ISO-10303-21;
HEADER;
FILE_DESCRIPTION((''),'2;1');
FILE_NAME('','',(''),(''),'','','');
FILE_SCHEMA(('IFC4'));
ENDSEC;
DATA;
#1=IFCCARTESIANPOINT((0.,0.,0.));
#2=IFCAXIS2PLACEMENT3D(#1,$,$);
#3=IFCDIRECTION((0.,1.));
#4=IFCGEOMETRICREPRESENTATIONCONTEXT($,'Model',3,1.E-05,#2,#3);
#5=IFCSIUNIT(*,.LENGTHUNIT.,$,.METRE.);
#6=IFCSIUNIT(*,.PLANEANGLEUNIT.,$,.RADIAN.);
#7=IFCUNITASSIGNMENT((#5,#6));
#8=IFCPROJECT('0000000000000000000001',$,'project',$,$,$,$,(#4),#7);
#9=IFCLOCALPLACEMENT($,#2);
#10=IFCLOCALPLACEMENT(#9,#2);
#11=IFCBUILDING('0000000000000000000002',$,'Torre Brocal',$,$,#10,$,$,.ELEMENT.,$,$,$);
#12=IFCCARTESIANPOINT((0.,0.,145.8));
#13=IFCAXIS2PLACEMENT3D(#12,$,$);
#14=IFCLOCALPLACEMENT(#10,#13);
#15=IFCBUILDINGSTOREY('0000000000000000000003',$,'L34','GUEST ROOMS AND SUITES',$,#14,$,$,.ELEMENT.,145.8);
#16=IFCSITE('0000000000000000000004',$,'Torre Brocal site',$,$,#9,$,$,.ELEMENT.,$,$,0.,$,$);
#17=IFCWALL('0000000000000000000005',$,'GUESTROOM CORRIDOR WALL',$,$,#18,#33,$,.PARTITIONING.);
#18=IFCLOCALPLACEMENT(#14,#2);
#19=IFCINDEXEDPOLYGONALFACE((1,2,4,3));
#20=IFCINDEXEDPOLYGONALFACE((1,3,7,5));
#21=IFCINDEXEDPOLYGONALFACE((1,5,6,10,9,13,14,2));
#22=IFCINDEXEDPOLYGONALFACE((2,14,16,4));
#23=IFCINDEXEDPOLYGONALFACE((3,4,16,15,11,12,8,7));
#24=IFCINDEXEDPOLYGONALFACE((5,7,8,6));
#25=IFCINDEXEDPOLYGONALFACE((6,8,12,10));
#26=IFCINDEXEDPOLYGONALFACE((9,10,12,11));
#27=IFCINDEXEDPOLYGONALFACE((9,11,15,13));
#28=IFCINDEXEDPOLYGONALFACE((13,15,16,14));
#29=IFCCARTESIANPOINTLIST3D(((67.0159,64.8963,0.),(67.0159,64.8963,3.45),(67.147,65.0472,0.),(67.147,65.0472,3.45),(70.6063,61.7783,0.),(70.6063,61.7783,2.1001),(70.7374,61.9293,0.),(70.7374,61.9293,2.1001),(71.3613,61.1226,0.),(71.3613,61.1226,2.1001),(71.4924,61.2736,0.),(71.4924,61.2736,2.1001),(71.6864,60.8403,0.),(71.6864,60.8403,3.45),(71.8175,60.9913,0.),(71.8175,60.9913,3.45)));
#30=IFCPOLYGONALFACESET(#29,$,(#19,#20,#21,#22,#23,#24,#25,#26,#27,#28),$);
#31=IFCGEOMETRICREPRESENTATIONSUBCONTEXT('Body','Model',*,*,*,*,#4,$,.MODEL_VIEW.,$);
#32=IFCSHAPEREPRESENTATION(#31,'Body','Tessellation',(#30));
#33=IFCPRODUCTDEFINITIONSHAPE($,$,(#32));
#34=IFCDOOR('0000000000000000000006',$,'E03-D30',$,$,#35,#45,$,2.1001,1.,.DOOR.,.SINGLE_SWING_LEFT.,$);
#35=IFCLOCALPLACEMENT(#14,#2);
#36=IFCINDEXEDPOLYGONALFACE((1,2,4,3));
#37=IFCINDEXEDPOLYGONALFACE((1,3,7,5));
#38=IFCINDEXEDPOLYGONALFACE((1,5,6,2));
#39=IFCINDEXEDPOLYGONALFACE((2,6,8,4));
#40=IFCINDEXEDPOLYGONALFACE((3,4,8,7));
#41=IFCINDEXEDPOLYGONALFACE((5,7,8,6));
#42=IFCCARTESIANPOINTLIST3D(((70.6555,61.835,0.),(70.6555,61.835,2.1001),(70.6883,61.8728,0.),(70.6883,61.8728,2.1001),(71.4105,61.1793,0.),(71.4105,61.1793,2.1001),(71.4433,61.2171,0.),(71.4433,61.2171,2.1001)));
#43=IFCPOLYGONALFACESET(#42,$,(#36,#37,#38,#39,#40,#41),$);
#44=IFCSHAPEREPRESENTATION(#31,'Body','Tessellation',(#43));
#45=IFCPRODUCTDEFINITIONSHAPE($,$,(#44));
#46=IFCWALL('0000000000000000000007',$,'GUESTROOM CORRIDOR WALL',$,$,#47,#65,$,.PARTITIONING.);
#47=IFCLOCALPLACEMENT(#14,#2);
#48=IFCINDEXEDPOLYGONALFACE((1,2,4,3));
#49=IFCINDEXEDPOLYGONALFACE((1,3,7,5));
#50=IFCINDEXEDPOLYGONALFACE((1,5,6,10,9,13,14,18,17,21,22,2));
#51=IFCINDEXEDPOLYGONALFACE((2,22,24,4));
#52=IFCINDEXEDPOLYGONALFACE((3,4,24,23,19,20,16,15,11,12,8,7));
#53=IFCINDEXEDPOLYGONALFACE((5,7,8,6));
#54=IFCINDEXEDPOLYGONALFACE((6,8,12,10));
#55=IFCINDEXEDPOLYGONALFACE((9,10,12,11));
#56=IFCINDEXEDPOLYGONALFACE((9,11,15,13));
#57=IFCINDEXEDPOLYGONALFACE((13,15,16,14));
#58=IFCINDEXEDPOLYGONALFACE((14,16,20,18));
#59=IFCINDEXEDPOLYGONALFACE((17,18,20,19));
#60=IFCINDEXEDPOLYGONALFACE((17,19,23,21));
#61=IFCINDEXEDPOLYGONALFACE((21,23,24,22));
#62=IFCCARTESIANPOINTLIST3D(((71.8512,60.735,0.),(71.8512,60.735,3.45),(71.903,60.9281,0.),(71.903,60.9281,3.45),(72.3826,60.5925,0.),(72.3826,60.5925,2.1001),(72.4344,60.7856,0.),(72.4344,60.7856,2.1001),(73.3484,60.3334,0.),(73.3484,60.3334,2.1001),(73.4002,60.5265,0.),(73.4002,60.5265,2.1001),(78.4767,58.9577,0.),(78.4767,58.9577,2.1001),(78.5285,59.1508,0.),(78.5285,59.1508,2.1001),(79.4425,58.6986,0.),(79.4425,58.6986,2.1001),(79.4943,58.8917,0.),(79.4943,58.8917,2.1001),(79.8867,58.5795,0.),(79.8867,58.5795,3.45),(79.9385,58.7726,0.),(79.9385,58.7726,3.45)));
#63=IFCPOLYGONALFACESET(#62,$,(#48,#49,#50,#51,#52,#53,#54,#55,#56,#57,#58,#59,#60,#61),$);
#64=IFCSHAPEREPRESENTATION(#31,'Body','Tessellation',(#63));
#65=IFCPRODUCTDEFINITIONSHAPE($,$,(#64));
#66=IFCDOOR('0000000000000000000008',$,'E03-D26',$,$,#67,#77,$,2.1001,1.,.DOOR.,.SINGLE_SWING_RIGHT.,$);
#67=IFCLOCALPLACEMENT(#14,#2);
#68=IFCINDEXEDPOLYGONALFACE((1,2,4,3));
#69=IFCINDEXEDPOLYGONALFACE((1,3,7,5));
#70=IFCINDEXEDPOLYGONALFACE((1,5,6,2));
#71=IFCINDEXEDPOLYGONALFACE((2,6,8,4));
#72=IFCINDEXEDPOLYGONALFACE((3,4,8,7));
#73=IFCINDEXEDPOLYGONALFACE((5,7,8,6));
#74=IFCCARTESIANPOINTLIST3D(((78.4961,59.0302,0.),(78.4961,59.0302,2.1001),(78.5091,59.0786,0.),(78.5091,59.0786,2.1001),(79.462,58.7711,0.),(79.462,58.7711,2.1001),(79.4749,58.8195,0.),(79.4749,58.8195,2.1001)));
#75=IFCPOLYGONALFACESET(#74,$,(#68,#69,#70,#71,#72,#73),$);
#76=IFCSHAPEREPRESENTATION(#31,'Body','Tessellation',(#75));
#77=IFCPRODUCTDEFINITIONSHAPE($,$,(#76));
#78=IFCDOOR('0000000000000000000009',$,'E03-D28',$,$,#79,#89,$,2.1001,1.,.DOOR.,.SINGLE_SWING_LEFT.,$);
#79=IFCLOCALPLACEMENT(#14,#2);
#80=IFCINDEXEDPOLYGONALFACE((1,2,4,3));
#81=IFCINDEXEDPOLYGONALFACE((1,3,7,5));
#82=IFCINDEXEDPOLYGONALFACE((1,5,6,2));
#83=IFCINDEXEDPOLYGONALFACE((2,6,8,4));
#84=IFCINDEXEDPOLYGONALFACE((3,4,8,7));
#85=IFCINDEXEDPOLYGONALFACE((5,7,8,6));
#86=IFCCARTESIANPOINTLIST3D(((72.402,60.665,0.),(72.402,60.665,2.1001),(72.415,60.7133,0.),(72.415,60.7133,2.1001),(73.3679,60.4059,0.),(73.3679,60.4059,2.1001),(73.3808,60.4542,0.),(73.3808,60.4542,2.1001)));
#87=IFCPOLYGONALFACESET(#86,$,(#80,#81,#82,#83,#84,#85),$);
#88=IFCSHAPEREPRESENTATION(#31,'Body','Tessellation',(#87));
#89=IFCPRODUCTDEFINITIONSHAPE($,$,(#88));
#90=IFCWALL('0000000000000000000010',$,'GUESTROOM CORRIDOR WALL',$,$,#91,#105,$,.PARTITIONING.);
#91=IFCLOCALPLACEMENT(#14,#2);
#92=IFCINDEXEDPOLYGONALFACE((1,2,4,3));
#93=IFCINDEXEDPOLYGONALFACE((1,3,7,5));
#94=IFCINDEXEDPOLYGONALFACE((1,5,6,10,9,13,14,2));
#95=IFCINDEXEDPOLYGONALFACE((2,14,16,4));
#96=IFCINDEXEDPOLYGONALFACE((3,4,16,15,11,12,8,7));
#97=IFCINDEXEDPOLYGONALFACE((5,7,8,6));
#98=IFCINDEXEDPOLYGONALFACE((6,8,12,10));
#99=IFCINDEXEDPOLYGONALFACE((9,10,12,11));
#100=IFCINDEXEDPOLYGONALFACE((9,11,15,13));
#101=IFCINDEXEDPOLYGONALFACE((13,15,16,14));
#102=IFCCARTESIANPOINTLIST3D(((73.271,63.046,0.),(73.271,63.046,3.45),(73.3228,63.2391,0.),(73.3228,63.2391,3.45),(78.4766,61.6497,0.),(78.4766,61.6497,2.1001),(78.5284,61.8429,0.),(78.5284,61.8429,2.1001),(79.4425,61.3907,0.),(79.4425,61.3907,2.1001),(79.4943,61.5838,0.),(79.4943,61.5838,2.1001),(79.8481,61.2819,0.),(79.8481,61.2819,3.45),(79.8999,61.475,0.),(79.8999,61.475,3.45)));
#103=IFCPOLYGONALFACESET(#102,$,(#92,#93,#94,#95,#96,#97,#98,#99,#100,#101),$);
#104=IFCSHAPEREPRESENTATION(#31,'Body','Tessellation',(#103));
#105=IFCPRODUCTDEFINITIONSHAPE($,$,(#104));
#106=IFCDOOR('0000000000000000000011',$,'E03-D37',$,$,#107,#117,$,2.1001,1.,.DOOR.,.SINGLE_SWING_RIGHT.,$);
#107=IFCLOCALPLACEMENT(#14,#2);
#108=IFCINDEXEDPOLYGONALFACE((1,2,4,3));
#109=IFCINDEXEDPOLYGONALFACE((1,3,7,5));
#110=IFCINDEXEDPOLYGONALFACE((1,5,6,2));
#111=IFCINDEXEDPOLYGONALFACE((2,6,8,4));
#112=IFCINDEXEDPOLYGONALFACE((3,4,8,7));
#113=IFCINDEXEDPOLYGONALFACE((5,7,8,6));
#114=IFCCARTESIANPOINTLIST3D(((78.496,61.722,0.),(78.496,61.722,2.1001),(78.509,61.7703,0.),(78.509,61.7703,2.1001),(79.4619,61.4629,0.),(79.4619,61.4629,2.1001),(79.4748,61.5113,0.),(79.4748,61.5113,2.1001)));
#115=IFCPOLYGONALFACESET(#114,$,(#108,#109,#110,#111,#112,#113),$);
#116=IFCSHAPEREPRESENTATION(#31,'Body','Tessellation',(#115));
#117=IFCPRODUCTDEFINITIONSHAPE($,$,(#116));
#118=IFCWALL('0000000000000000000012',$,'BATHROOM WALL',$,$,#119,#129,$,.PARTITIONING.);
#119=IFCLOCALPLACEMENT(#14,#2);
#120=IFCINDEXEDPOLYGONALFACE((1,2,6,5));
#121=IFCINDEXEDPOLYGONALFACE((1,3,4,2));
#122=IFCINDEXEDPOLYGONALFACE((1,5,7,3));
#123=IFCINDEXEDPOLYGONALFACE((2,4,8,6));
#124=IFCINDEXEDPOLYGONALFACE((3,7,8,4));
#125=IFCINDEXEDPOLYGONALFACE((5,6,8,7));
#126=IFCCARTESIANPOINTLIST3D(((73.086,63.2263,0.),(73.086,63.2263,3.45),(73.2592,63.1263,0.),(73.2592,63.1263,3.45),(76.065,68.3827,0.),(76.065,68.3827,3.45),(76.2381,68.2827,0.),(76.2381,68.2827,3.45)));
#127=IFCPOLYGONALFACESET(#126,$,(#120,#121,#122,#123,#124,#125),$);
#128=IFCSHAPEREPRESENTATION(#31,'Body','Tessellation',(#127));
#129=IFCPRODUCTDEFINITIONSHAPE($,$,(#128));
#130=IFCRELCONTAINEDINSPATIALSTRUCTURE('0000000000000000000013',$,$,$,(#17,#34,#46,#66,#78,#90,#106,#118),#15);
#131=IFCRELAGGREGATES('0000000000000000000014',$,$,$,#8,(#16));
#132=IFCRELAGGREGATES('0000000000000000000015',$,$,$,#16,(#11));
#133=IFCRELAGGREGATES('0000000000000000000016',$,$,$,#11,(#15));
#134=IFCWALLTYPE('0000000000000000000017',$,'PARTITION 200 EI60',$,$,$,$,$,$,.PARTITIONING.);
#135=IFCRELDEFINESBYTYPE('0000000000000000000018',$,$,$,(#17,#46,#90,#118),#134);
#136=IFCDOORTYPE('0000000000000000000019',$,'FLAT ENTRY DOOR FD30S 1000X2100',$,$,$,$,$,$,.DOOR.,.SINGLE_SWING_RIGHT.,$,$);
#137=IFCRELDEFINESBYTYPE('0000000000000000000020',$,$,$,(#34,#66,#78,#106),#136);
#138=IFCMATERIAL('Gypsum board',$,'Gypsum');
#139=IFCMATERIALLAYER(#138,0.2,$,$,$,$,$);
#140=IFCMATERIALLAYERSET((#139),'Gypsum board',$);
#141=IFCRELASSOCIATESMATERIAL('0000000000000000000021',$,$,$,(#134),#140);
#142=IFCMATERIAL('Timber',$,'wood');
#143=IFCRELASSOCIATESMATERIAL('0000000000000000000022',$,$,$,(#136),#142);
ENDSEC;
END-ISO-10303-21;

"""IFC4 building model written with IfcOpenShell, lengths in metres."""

from ifc_helpers import new_model, si_unit, direction, frame, frame_2d, origin, place, context, subcontext, project, spatial, rectangle, extrude, material, layer, layer_set, type_object, element, fill, save


model = new_model("IFC4")

# Units and contexts
model_context = context("Model", 3, precision=1e-05, world=origin(), true_north=direction((0.0, 1.0)))
body_context = subcontext(model_context, "Body", "Model", "MODEL_VIEW")
ifc_project = project(units=[si_unit("LENGTHUNIT", "METRE"), si_unit("PLANEANGLEUNIT", "RADIAN")], contexts=[model_context])

# Site, building, storey
site_placement = place(None, origin())
site = spatial("IfcSite", under=ifc_project, at=site_placement, Name="Torre Brocal site", CompositionType="ELEMENT", RefElevation=0.0)
building_placement = place(site_placement, origin())
building = spatial("IfcBuilding", under=site, at=building_placement, Name="Torre Brocal", CompositionType="ELEMENT")
storey_placement = place(building_placement, frame((0.0, 0.0, 145.8)))
storey = spatial("IfcBuildingStorey", under=building, at=storey_placement, Name="L34", Description="GUEST ROOMS AND SUITES", CompositionType="ELEMENT", Elevation=145.8)

# Wall, opening, door
ifc_material_1 = material(Name="Gypsum board", Category="Gypsum")
ifc_layer_1 = layer(ifc_material_1, 0.2)
ifc_layer_set_1 = layer_set([ifc_layer_1], Name="Gypsum board")
wall_type_1 = type_object("IfcWallType", Name="PARTITION 200 EI60", PredefinedType="PARTITIONING", material=ifc_layer_set_1)
wall_1_placement = place(storey_placement, frame((67.0815, 64.9717, 0.0), z_axis=(0.0, 0.0, 1.0), x_axis=(0.755031, -0.655689, 0.0)))
wall_1 = element("IfcWall", 1, at=wall_1_placement, inside=storey, type_object=wall_type_1, Name="GUESTROOM CORRIDOR WALL", PredefinedType="PARTITIONING", context=body_context, shape_type="SweptSolid", body=[
    extrude(rectangle(XDim=6.1858, YDim=0.2, at=frame_2d((3.0928, 0.0))), origin(), (0.0, 0.0, 1.0), 3.45),
])
opening_1_placement = place(wall_1_placement, frame((4.7551, 0.0, 0.0)))
opening_1 = element("IfcOpeningElement", 2, at=opening_1_placement, cuts=wall_1, PredefinedType="OPENING", context=body_context, shape_type="SweptSolid", body=[
    extrude(rectangle(XDim=1.0, YDim=2.1001, at=frame_2d((0.5, 1.05))), frame((0.0, 0.1099, 0.0), z_axis=(0.0, -1.0, 0.0), x_axis=(1.0, 0.0, 0.0)), (0.0, 0.0, 1.0), 0.22),
])
ifc_material_2 = material(Name="Timber", Category="wood")
door_type_1 = type_object("IfcDoorType", Name="FLAT ENTRY DOOR FD30S 1000X2100", OperationType="SINGLE_SWING_RIGHT", PredefinedType="DOOR", material=ifc_material_2)
door_1_placement = place(opening_1_placement, frame((1.0, 0.0, 0.0), z_axis=(0.0, 0.0, 1.0), x_axis=(-1.0, 0.0, 0.0)))
door_1 = element("IfcDoor", 3, at=door_1_placement, inside=storey, type_object=door_type_1, Name="E03-D30", OperationType="SINGLE_SWING_LEFT", OverallHeight=2.1001, OverallWidth=1.0, PredefinedType="DOOR", context=body_context, shape_type="SweptSolid", body=[
    extrude(rectangle(XDim=1.0, YDim=2.1001, at=frame_2d((0.5, 1.05))), frame((0.0, 0.0249, 0.0), z_axis=(0.0, -1.0, 0.0), x_axis=(1.0, 0.0, 0.0)), (0.0, 0.0, 1.0), 0.05),
])
fill(opening_1, door_1)

# Wall, openings, doors
wall_2_placement = place(storey_placement, frame((71.8772, 60.8315, 0.0), z_axis=(0.0, 0.0, 1.0), x_axis=(0.965853, -0.259093, 0.0)))
wall_2 = element("IfcWall", 4, at=wall_2_placement, inside=storey, type_object=wall_type_1, Name="GUESTROOM CORRIDOR WALL", PredefinedType="PARTITIONING", context=body_context, shape_type="SweptSolid", body=[
    extrude(rectangle(XDim=8.3196, YDim=0.2, at=frame_2d((4.1597, 0.0))), origin(), (0.0, 0.0, 1.0), 3.45),
])
opening_2_placement = place(wall_2_placement, frame((6.8596, 0.0, 0.0)))
opening_2 = element("IfcOpeningElement", 5, at=opening_2_placement, cuts=wall_2, PredefinedType="OPENING", context=body_context, shape_type="SweptSolid", body=[
    extrude(rectangle(XDim=1.0, YDim=2.1001, at=frame_2d((0.5, 1.05))), frame((0.0, 0.1099, 0.0), z_axis=(0.0, -1.0, 0.0), x_axis=(1.0, 0.0, 0.0)), (0.0, 0.0, 1.0), 0.22),
])
opening_3_placement = place(wall_2_placement, frame((0.55, 0.0, 0.0)))
opening_3 = element("IfcOpeningElement", 6, at=opening_3_placement, cuts=wall_2, PredefinedType="OPENING", context=body_context, shape_type="SweptSolid", body=[
    extrude(rectangle(XDim=1.0, YDim=2.1001, at=frame_2d((0.5, 1.05))), frame((0.0, 0.1099, 0.0), z_axis=(0.0, -1.0, 0.0), x_axis=(1.0, 0.0, 0.0)), (0.0, 0.0, 1.0), 0.22),
])
door_2_placement = place(opening_2_placement, frame((1.0, 0.0, 0.0), z_axis=(0.0, 0.0, 1.0), x_axis=(-1.0, 0.0, 0.0)))
door_2 = element("IfcDoor", 7, at=door_2_placement, inside=storey, type_object=door_type_1, Name="E03-D26", OperationType="SINGLE_SWING_RIGHT", OverallHeight=2.1001, OverallWidth=1.0, PredefinedType="DOOR", context=body_context, shape_type="SweptSolid", body=[
    extrude(rectangle(XDim=1.0, YDim=2.1001, at=frame_2d((0.5, 1.05))), frame((0.0, 0.0249, 0.0), z_axis=(0.0, -1.0, 0.0), x_axis=(1.0, 0.0, 0.0)), (0.0, 0.0, 1.0), 0.05),
])
fill(opening_2, door_2)
door_3_placement = place(opening_3_placement, frame((1.0, 0.0, 0.0), z_axis=(0.0, 0.0, 1.0), x_axis=(-1.0, 0.0, 0.0)))
door_3 = element("IfcDoor", 8, at=door_3_placement, inside=storey, type_object=door_type_1, Name="E03-D28", OperationType="SINGLE_SWING_LEFT", OverallHeight=2.1001, OverallWidth=1.0, PredefinedType="DOOR", context=body_context, shape_type="SweptSolid", body=[
    extrude(rectangle(XDim=1.0, YDim=2.1001, at=frame_2d((0.5, 1.05))), frame((0.0, 0.0249, 0.0), z_axis=(0.0, -1.0, 0.0), x_axis=(1.0, 0.0, 0.0)), (0.0, 0.0, 1.0), 0.05),
])
fill(opening_3, door_3)

# Wall, opening, door
wall_3_placement = place(storey_placement, frame((73.2969, 63.1426, 0.0), z_axis=(0.0, 0.0, 1.0), x_axis=(0.965859, -0.259068, 0.0)))
wall_3 = element("IfcWall", 9, at=wall_3_placement, inside=storey, type_object=wall_type_1, Name="GUESTROOM CORRIDOR WALL", PredefinedType="PARTITIONING", context=body_context, shape_type="SweptSolid", body=[
    extrude(rectangle(XDim=6.8096, YDim=0.2, at=frame_2d((3.4048, 0.0))), origin(), (0.0, 0.0, 1.0), 3.45),
])
opening_4_placement = place(wall_3_placement, frame((5.3896, 0.0, 0.0)))
opening_4 = element("IfcOpeningElement", 10, at=opening_4_placement, cuts=wall_3, PredefinedType="OPENING", context=body_context, shape_type="SweptSolid", body=[
    extrude(rectangle(XDim=1.0, YDim=2.1001, at=frame_2d((0.5, 1.05))), frame((0.0, 0.1099, 0.0), z_axis=(0.0, -1.0, 0.0), x_axis=(1.0, 0.0, 0.0)), (0.0, 0.0, 1.0), 0.22),
])
door_4_placement = place(opening_4_placement, origin())
door_4 = element("IfcDoor", 11, at=door_4_placement, inside=storey, type_object=door_type_1, Name="E03-D37", OperationType="SINGLE_SWING_RIGHT", OverallHeight=2.1001, OverallWidth=1.0, PredefinedType="DOOR", context=body_context, shape_type="SweptSolid", body=[
    extrude(rectangle(XDim=1.0, YDim=2.1001, at=frame_2d((0.5, 1.05))), frame((0.0, 0.0249, 0.0), z_axis=(0.0, -1.0, 0.0), x_axis=(1.0, 0.0, 0.0)), (0.0, 0.0, 1.0), 0.05),
])
fill(opening_4, door_4)

# Wall
wall_4_placement = place(storey_placement, frame((73.1726, 63.1763, 0.0), z_axis=(0.0, 0.0, 1.0), x_axis=(0.500239, 0.865887, 0.0)))
element("IfcWall", 12, at=wall_4_placement, inside=storey, type_object=wall_type_1, Name="BATHROOM WALL", PredefinedType="PARTITIONING", context=body_context, shape_type="SweptSolid", body=[
    extrude(rectangle(XDim=5.9551, YDim=0.2, at=frame_2d((2.9775, 0.0))), origin(), (0.0, 0.0, 1.0), 3.45),
])

save(model, "model.ifc")
